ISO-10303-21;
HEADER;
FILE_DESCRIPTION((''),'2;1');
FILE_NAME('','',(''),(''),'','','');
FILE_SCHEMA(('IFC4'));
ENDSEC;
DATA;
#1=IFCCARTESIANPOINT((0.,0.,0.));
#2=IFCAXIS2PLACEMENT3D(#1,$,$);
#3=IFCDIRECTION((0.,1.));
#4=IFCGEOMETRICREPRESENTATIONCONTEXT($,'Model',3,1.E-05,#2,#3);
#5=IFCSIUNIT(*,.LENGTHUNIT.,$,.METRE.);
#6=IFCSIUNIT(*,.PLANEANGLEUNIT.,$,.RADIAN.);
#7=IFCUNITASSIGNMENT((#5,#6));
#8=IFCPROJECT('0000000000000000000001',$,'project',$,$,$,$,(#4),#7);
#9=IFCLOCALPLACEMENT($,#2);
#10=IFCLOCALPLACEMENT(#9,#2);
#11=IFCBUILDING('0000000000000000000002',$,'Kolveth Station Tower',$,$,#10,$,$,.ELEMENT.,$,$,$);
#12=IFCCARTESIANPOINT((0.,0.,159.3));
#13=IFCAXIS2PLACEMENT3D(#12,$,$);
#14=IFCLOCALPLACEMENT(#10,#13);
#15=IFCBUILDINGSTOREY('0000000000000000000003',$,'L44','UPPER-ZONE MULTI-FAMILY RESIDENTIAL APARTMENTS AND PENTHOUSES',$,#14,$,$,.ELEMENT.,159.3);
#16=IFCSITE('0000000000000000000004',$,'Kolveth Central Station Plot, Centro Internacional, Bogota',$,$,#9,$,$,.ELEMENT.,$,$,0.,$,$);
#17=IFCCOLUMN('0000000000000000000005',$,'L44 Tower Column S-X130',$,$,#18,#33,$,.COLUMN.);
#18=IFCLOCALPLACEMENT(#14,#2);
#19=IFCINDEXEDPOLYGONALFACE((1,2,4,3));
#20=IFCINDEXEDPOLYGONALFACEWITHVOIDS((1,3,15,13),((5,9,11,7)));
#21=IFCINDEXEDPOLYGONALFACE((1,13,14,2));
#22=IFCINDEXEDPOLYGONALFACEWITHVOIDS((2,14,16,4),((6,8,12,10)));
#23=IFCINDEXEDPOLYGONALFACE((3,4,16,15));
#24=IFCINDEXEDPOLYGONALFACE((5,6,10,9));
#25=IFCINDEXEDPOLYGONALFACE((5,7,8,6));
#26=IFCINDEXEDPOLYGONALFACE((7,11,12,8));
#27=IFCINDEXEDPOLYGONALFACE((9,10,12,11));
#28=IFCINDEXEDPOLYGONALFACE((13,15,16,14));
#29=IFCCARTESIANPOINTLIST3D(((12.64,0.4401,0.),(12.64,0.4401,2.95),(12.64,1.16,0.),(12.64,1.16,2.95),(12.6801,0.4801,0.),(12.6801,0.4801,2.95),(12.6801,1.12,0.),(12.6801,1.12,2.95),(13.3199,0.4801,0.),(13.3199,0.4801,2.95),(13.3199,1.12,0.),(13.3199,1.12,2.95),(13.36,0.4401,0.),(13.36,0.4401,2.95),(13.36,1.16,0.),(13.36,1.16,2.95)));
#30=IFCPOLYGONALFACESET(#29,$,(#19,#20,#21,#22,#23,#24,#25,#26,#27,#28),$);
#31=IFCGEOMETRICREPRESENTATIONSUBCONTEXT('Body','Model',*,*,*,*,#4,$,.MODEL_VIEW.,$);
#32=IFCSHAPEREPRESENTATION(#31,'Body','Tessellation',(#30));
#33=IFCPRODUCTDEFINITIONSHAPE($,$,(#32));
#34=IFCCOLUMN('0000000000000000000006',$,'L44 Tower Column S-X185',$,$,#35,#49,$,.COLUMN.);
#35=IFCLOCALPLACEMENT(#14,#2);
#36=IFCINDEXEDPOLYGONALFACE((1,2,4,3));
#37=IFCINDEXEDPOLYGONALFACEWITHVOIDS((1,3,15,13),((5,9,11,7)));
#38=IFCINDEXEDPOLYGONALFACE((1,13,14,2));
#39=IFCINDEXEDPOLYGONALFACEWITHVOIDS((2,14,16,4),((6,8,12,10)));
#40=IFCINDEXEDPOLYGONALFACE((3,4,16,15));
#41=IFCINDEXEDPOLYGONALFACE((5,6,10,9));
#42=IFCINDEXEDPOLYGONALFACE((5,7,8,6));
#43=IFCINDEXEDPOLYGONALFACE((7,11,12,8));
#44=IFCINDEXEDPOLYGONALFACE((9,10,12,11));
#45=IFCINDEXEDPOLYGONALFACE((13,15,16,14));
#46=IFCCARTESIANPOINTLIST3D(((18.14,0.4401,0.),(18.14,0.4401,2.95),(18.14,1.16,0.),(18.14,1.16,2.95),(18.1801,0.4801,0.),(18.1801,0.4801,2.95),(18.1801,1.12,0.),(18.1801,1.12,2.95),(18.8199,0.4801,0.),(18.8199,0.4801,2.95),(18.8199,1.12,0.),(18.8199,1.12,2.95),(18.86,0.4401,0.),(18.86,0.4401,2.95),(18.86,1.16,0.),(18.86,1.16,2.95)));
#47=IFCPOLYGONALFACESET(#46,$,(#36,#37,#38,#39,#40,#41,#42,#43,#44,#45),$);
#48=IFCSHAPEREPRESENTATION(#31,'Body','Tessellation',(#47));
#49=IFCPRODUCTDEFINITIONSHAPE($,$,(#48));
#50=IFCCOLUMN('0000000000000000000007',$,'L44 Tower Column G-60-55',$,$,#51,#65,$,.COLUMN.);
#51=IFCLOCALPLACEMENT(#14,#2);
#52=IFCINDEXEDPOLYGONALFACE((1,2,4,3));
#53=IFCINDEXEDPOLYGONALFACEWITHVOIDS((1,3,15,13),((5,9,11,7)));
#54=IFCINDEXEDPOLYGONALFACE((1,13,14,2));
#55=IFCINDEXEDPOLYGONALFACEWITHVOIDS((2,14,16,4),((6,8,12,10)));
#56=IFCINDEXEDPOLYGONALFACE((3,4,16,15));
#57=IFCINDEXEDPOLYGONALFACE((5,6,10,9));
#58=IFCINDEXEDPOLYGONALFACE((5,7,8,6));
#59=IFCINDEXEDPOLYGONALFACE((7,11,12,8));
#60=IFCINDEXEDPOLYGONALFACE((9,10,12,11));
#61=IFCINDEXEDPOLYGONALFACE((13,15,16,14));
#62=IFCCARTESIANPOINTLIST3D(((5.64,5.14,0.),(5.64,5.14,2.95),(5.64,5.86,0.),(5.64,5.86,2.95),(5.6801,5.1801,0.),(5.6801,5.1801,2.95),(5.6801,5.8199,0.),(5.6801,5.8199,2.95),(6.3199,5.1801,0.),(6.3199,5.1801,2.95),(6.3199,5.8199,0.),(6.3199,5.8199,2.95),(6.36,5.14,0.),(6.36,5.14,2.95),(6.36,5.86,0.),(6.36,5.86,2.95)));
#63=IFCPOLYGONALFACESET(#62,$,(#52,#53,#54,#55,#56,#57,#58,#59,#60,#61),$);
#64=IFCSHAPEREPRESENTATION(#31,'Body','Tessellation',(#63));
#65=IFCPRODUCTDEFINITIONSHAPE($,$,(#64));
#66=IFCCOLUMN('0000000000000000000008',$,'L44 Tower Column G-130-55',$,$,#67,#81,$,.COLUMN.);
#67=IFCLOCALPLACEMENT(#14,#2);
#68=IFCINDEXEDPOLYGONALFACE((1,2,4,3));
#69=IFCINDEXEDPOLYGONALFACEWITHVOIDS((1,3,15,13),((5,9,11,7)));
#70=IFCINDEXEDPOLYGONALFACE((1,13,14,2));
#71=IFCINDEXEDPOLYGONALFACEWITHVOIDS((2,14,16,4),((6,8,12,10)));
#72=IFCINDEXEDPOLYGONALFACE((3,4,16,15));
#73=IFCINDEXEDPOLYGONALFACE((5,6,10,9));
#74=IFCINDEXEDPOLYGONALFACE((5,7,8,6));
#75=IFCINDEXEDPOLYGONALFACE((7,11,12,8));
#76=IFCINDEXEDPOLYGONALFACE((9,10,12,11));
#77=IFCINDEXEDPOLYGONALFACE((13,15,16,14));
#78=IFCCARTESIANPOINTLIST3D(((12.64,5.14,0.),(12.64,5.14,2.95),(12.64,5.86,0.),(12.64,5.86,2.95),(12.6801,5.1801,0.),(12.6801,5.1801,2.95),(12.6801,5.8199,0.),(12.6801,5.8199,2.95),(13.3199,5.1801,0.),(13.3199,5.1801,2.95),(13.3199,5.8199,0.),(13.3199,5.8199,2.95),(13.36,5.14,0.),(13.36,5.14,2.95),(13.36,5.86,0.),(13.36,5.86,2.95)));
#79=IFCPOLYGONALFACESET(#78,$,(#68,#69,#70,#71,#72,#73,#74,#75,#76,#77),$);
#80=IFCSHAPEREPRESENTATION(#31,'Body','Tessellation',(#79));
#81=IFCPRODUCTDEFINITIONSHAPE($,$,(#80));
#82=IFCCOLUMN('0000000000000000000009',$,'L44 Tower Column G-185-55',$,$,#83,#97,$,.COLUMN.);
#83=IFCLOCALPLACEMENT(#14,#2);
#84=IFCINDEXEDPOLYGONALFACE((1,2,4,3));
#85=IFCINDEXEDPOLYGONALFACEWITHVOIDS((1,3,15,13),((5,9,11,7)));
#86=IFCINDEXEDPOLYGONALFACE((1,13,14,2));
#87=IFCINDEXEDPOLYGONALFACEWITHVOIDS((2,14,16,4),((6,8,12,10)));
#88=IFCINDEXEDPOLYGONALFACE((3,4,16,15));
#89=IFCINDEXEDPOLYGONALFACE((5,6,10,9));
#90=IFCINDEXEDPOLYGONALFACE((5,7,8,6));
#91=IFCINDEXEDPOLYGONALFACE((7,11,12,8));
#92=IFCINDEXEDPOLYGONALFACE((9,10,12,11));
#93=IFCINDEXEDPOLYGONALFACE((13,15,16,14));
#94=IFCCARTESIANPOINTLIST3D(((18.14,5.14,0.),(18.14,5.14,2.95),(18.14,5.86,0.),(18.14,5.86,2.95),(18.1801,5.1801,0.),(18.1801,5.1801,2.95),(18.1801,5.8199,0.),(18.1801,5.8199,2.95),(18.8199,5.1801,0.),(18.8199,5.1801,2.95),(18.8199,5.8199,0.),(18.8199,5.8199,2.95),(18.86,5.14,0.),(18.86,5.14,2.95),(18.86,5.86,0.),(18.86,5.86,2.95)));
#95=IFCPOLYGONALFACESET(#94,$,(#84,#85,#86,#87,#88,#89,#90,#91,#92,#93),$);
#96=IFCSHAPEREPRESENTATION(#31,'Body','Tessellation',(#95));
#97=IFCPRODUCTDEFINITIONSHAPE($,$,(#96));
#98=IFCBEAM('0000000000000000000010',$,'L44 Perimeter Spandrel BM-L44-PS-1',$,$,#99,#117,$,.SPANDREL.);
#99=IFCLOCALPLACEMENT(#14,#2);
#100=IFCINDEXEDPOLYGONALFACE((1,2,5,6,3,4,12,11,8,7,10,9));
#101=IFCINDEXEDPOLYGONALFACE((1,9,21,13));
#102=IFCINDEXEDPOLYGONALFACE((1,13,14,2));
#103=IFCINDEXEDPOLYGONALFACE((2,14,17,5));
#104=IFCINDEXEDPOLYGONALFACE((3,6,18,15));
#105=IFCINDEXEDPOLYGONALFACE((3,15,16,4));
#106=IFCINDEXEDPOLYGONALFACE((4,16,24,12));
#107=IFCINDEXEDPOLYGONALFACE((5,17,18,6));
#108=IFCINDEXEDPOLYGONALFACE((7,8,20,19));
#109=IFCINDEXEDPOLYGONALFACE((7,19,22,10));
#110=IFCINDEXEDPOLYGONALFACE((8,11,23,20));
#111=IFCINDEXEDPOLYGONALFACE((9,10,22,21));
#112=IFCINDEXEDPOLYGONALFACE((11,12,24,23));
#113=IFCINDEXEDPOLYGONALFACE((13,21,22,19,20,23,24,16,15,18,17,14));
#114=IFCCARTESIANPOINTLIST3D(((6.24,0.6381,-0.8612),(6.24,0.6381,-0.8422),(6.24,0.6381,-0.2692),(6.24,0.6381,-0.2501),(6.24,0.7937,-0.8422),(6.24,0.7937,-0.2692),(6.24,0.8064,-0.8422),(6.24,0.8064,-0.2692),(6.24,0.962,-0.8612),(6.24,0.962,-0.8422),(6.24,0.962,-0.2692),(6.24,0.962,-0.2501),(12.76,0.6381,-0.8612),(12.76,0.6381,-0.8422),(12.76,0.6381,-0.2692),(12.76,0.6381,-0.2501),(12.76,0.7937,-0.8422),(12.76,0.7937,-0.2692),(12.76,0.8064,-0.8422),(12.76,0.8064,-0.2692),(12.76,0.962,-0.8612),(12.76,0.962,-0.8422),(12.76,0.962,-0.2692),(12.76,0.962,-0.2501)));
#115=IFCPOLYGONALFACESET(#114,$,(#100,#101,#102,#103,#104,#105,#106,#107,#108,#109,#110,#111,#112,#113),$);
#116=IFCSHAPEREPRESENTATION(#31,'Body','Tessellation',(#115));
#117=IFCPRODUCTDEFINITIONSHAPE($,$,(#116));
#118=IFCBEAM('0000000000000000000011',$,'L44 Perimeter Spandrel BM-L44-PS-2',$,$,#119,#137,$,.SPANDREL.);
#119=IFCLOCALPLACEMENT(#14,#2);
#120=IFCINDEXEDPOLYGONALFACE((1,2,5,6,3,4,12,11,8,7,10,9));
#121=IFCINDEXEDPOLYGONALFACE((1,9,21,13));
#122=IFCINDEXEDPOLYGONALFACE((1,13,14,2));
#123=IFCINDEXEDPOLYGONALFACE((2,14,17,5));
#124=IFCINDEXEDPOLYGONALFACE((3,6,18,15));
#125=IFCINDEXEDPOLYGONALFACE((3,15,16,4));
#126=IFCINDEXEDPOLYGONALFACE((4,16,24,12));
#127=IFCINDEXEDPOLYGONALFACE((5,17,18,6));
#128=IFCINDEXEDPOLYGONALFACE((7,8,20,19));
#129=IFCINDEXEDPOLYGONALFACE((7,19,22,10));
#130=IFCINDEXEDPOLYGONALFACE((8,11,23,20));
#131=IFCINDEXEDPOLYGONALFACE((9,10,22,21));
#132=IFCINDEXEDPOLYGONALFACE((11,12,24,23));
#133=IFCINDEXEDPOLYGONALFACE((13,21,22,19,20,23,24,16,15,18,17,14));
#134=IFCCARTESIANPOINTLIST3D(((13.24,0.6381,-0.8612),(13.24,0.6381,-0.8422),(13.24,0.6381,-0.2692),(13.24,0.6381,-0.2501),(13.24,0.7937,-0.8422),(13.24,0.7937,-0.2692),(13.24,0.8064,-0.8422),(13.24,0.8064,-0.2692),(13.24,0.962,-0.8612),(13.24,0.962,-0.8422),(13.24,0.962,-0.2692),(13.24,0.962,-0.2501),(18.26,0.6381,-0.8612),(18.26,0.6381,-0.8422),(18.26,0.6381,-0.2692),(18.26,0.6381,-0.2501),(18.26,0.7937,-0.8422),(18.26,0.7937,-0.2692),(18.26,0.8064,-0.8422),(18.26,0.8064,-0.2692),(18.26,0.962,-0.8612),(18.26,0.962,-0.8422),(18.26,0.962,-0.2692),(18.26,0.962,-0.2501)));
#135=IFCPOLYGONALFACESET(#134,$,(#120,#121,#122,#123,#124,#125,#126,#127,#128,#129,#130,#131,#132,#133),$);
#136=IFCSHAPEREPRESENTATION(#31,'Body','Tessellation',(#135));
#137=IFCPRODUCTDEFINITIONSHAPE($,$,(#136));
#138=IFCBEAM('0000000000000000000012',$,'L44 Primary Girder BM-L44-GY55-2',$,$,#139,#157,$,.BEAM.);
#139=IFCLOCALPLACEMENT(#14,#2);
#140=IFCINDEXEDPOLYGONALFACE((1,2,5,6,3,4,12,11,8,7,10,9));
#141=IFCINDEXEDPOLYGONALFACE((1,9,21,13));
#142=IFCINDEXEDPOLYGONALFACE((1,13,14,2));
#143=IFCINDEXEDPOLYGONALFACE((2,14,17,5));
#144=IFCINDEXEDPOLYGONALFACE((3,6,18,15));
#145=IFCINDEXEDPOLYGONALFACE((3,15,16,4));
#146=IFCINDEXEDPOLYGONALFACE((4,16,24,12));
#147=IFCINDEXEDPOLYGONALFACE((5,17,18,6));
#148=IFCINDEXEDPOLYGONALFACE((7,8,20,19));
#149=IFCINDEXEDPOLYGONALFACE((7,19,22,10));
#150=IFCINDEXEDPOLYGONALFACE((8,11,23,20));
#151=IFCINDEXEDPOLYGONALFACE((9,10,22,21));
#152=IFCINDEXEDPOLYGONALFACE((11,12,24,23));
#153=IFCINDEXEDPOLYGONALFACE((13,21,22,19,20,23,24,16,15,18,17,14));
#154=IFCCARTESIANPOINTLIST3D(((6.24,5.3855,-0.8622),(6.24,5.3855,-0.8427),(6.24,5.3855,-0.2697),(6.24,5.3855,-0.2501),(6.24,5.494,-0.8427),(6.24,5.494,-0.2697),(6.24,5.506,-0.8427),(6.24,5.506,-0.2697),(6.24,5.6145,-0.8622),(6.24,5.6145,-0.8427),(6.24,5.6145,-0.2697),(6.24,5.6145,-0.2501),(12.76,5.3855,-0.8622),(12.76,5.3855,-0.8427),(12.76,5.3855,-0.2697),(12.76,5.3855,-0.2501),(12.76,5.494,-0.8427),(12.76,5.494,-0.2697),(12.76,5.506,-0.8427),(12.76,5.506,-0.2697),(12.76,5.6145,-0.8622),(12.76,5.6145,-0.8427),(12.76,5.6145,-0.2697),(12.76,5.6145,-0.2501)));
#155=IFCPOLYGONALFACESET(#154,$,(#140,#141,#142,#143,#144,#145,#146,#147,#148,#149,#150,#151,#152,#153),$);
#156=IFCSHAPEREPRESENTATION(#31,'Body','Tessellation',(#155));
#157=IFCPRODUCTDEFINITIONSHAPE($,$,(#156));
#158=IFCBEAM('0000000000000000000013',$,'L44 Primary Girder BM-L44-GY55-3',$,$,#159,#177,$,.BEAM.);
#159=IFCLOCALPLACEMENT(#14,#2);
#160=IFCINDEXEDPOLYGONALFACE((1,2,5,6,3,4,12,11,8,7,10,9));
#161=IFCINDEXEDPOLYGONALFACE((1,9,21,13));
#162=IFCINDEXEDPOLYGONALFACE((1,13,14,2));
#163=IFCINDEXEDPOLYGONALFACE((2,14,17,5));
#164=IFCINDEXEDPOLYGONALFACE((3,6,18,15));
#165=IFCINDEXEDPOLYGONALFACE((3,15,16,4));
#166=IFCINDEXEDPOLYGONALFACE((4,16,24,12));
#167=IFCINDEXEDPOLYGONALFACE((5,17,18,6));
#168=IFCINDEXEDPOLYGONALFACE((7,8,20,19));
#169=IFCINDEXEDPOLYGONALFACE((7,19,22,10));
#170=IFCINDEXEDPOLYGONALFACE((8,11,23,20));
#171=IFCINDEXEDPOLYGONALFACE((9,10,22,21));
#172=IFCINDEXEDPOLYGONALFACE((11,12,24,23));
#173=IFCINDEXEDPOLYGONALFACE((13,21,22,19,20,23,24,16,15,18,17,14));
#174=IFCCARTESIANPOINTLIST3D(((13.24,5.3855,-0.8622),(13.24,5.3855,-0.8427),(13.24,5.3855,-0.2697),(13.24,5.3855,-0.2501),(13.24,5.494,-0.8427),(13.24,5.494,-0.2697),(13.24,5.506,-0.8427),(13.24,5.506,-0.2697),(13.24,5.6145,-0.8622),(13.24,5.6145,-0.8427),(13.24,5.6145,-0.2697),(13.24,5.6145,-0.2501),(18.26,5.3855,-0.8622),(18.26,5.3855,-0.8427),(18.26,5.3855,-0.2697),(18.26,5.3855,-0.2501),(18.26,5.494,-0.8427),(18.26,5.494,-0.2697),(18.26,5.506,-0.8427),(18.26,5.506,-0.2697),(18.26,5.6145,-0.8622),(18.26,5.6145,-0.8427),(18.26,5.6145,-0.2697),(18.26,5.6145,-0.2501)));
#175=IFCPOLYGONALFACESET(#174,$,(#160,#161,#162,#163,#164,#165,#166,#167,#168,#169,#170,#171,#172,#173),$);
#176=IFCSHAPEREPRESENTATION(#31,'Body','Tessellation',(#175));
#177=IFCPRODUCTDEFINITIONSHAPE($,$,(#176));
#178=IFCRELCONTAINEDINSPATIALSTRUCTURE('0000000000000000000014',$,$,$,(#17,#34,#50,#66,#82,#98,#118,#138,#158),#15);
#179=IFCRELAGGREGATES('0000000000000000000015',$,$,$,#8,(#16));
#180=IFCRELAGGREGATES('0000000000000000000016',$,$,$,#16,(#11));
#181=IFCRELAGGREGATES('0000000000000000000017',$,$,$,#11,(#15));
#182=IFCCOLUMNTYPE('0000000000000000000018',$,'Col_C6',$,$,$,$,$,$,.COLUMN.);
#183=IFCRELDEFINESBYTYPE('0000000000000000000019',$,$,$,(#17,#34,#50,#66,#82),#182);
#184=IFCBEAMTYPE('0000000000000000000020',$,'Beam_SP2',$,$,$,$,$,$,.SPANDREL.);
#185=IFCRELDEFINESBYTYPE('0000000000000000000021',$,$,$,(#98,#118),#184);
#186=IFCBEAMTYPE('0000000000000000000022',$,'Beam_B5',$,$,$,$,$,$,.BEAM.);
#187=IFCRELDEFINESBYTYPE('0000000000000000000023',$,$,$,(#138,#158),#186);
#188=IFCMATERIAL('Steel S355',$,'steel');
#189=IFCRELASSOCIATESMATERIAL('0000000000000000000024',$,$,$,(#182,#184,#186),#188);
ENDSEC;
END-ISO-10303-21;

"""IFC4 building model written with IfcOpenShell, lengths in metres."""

from ifc_helpers import new_model, si_unit, direction, frame, origin, origin_2d, place, context, subcontext, project, spatial, hollow_rectangle, i_section, extrude, source, transform, mapped, material, material_profile, profile_set, type_object, element, save


model = new_model("IFC4")

# Units and contexts
model_context = context("Model", 3, precision=1e-05, world=origin(), true_north=direction((0.0, 1.0)))
body_context = subcontext(model_context, "Body", "Model", "MODEL_VIEW")
ifc_project = project(units=[si_unit("LENGTHUNIT", "METRE"), si_unit("PLANEANGLEUNIT", "RADIAN")], contexts=[model_context])

# Site, building, storey
site_placement = place(None, origin())
site = spatial("IfcSite", under=ifc_project, at=site_placement, Name="Kolveth Central Station Plot, Centro Internacional, Bogota", CompositionType="ELEMENT", RefElevation=0.0)
building_placement = place(site_placement, origin())
building = spatial("IfcBuilding", under=site, at=building_placement, Name="Kolveth Station Tower", CompositionType="ELEMENT")
storey_placement = place(building_placement, frame((0.0, 0.0, 159.3)))
storey = spatial("IfcBuildingStorey", under=building, at=storey_placement, Name="L44", Description="UPPER-ZONE MULTI-FAMILY RESIDENTIAL APARTMENTS AND PENTHOUSES", CompositionType="ELEMENT", Elevation=159.3)

# Columns
ifc_material_1 = material(Name="Steel S355", Category="steel")
ifc_material_profile_1 = material_profile(ifc_material_1, hollow_rectangle(XDim=0.72, YDim=0.72, WallThickness=0.04, at=origin_2d()), Name="BOX720x720x40")
ifc_profile_set_1 = profile_set([ifc_material_profile_1], Name="Steel S355")
column_type = type_object("IfcColumnType", Name="Col_C6", PredefinedType="COLUMN", material=ifc_profile_set_1)
shared_shape_1 = source(origin(), body_context, "Body", "SweptSolid", [
    extrude(hollow_rectangle(XDim=0.72, YDim=0.72, WallThickness=0.04, at=origin_2d()), origin(), (0.0, 0.0, 1.0), 2.95),
])
for number, where, z_axis, x_axis, name in (
    (1, (13.0, 0.8, 0.0), (0.0, 0.0, 1.0), (1.0, 0.0, 0.0), "L44 Tower Column S-X130"),
    (2, (18.5, 0.8, 0.0), (0.0, 0.0, 1.0), (1.0, 0.0, 0.0), "L44 Tower Column S-X185"),
    (3, (6.0, 5.5, 0.0), (0.0, 0.0, 1.0), (1.0, 0.0, 0.0), "L44 Tower Column G-60-55"),
    (4, (13.0, 5.5, 0.0), (0.0, 0.0, 1.0), (1.0, 0.0, 0.0), "L44 Tower Column G-130-55"),
    (5, (18.5, 5.5, 0.0), (0.0, 0.0, 1.0), (1.0, 0.0, 0.0), "L44 Tower Column G-185-55"),
):
    element("IfcColumn", number, at=place(storey_placement, frame(where, z_axis=z_axis, x_axis=x_axis)), inside=storey, type_object=column_type, Name=name, PredefinedType="COLUMN", context=body_context, shape_type="MappedRepresentation", body=[
        mapped(shared_shape_1, transform((0.0, 0.0, 0.0), x_axis=(1.0, 0.0, 0.0), y_axis=(0.0, 1.0, 0.0), z_axis=(0.0, 0.0, 1.0), scale=1.0)),
    ])

# Beams
ifc_material_profile_2 = material_profile(ifc_material_1, i_section(OverallWidth=0.324, OverallDepth=0.6111, WebThickness=0.0127, FlangeThickness=0.019, at=origin_2d()), Name="W610x155")
ifc_profile_set_2 = profile_set([ifc_material_profile_2], Name="Steel S355")
beam_type_1 = type_object("IfcBeamType", Name="Beam_SP2", PredefinedType="SPANDREL", material=ifc_profile_set_2)
shared_shape_2 = source(origin(), body_context, "Body", "SweptSolid", [
    extrude(i_section(OverallWidth=0.324, OverallDepth=0.6111, WebThickness=0.0127, FlangeThickness=0.019, at=origin_2d()), origin(), (0.0, 0.0, 1.0), 6.52),
])
beam_1_placement = place(storey_placement, frame((6.24, 0.8, -0.5557), z_axis=(1.0, 0.0, 0.0), x_axis=(0.0, 1.0, 0.0)))
element("IfcBeam", 6, at=beam_1_placement, inside=storey, type_object=beam_type_1, Name="L44 Perimeter Spandrel BM-L44-PS-1", PredefinedType="SPANDREL", context=body_context, shape_type="MappedRepresentation", body=[
    mapped(shared_shape_2, transform((0.0, 0.0, 0.0), x_axis=(1.0, 0.0, 0.0), y_axis=(0.0, 1.0, 0.0), z_axis=(0.0, 0.0, 1.0), scale=1.0)),
])
shared_shape_3 = source(origin(), body_context, "Body", "SweptSolid", [
    extrude(i_section(OverallWidth=0.324, OverallDepth=0.6111, WebThickness=0.0127, FlangeThickness=0.019, at=origin_2d()), origin(), (0.0, 0.0, 1.0), 5.02),
])
beam_2_placement = place(storey_placement, frame((13.24, 0.8, -0.5557), z_axis=(1.0, 0.0, 0.0), x_axis=(0.0, 1.0, 0.0)))
element("IfcBeam", 7, at=beam_2_placement, inside=storey, type_object=beam_type_1, Name="L44 Perimeter Spandrel BM-L44-PS-2", PredefinedType="SPANDREL", context=body_context, shape_type="MappedRepresentation", body=[
    mapped(shared_shape_3, transform((0.0, 0.0, 0.0), x_axis=(1.0, 0.0, 0.0), y_axis=(0.0, 1.0, 0.0), z_axis=(0.0, 0.0, 1.0), scale=1.0)),
])
ifc_material_profile_3 = material_profile(ifc_material_1, i_section(OverallWidth=0.229, OverallDepth=0.6121, WebThickness=0.012, FlangeThickness=0.0195, at=origin_2d()), Name="W610x125")
ifc_profile_set_3 = profile_set([ifc_material_profile_3], Name="Steel S355")
beam_type_2 = type_object("IfcBeamType", Name="Beam_B5", PredefinedType="BEAM", material=ifc_profile_set_3)
shared_shape_4 = source(origin(), body_context, "Body", "SweptSolid", [
    extrude(i_section(OverallWidth=0.229, OverallDepth=0.6121, WebThickness=0.012, FlangeThickness=0.0195, at=origin_2d()), origin(), (0.0, 0.0, 1.0), 6.52),
])
beam_3_placement = place(storey_placement, frame((6.24, 5.5, -0.5562), z_axis=(1.0, 0.0, 0.0), x_axis=(0.0, 1.0, 0.0)))
element("IfcBeam", 8, at=beam_3_placement, inside=storey, type_object=beam_type_2, Name="L44 Primary Girder BM-L44-GY55-2", PredefinedType="BEAM", context=body_context, shape_type="MappedRepresentation", body=[
    mapped(shared_shape_4, transform((0.0, 0.0, 0.0), x_axis=(1.0, 0.0, 0.0), y_axis=(0.0, 1.0, 0.0), z_axis=(0.0, 0.0, 1.0), scale=1.0)),
])
shared_shape_5 = source(origin(), body_context, "Body", "SweptSolid", [
    extrude(i_section(OverallWidth=0.229, OverallDepth=0.6121, WebThickness=0.012, FlangeThickness=0.0195, at=origin_2d()), origin(), (0.0, 0.0, 1.0), 5.02),
])
beam_4_placement = place(storey_placement, frame((13.24, 5.5, -0.5562), z_axis=(1.0, 0.0, 0.0), x_axis=(0.0, 1.0, 0.0)))
element("IfcBeam", 9, at=beam_4_placement, inside=storey, type_object=beam_type_2, Name="L44 Primary Girder BM-L44-GY55-3", PredefinedType="BEAM", context=body_context, shape_type="MappedRepresentation", body=[
    mapped(shared_shape_5, transform((0.0, 0.0, 0.0), x_axis=(1.0, 0.0, 0.0), y_axis=(0.0, 1.0, 0.0), z_axis=(0.0, 0.0, 1.0), scale=1.0)),
])

save(model, "model.ifc")
